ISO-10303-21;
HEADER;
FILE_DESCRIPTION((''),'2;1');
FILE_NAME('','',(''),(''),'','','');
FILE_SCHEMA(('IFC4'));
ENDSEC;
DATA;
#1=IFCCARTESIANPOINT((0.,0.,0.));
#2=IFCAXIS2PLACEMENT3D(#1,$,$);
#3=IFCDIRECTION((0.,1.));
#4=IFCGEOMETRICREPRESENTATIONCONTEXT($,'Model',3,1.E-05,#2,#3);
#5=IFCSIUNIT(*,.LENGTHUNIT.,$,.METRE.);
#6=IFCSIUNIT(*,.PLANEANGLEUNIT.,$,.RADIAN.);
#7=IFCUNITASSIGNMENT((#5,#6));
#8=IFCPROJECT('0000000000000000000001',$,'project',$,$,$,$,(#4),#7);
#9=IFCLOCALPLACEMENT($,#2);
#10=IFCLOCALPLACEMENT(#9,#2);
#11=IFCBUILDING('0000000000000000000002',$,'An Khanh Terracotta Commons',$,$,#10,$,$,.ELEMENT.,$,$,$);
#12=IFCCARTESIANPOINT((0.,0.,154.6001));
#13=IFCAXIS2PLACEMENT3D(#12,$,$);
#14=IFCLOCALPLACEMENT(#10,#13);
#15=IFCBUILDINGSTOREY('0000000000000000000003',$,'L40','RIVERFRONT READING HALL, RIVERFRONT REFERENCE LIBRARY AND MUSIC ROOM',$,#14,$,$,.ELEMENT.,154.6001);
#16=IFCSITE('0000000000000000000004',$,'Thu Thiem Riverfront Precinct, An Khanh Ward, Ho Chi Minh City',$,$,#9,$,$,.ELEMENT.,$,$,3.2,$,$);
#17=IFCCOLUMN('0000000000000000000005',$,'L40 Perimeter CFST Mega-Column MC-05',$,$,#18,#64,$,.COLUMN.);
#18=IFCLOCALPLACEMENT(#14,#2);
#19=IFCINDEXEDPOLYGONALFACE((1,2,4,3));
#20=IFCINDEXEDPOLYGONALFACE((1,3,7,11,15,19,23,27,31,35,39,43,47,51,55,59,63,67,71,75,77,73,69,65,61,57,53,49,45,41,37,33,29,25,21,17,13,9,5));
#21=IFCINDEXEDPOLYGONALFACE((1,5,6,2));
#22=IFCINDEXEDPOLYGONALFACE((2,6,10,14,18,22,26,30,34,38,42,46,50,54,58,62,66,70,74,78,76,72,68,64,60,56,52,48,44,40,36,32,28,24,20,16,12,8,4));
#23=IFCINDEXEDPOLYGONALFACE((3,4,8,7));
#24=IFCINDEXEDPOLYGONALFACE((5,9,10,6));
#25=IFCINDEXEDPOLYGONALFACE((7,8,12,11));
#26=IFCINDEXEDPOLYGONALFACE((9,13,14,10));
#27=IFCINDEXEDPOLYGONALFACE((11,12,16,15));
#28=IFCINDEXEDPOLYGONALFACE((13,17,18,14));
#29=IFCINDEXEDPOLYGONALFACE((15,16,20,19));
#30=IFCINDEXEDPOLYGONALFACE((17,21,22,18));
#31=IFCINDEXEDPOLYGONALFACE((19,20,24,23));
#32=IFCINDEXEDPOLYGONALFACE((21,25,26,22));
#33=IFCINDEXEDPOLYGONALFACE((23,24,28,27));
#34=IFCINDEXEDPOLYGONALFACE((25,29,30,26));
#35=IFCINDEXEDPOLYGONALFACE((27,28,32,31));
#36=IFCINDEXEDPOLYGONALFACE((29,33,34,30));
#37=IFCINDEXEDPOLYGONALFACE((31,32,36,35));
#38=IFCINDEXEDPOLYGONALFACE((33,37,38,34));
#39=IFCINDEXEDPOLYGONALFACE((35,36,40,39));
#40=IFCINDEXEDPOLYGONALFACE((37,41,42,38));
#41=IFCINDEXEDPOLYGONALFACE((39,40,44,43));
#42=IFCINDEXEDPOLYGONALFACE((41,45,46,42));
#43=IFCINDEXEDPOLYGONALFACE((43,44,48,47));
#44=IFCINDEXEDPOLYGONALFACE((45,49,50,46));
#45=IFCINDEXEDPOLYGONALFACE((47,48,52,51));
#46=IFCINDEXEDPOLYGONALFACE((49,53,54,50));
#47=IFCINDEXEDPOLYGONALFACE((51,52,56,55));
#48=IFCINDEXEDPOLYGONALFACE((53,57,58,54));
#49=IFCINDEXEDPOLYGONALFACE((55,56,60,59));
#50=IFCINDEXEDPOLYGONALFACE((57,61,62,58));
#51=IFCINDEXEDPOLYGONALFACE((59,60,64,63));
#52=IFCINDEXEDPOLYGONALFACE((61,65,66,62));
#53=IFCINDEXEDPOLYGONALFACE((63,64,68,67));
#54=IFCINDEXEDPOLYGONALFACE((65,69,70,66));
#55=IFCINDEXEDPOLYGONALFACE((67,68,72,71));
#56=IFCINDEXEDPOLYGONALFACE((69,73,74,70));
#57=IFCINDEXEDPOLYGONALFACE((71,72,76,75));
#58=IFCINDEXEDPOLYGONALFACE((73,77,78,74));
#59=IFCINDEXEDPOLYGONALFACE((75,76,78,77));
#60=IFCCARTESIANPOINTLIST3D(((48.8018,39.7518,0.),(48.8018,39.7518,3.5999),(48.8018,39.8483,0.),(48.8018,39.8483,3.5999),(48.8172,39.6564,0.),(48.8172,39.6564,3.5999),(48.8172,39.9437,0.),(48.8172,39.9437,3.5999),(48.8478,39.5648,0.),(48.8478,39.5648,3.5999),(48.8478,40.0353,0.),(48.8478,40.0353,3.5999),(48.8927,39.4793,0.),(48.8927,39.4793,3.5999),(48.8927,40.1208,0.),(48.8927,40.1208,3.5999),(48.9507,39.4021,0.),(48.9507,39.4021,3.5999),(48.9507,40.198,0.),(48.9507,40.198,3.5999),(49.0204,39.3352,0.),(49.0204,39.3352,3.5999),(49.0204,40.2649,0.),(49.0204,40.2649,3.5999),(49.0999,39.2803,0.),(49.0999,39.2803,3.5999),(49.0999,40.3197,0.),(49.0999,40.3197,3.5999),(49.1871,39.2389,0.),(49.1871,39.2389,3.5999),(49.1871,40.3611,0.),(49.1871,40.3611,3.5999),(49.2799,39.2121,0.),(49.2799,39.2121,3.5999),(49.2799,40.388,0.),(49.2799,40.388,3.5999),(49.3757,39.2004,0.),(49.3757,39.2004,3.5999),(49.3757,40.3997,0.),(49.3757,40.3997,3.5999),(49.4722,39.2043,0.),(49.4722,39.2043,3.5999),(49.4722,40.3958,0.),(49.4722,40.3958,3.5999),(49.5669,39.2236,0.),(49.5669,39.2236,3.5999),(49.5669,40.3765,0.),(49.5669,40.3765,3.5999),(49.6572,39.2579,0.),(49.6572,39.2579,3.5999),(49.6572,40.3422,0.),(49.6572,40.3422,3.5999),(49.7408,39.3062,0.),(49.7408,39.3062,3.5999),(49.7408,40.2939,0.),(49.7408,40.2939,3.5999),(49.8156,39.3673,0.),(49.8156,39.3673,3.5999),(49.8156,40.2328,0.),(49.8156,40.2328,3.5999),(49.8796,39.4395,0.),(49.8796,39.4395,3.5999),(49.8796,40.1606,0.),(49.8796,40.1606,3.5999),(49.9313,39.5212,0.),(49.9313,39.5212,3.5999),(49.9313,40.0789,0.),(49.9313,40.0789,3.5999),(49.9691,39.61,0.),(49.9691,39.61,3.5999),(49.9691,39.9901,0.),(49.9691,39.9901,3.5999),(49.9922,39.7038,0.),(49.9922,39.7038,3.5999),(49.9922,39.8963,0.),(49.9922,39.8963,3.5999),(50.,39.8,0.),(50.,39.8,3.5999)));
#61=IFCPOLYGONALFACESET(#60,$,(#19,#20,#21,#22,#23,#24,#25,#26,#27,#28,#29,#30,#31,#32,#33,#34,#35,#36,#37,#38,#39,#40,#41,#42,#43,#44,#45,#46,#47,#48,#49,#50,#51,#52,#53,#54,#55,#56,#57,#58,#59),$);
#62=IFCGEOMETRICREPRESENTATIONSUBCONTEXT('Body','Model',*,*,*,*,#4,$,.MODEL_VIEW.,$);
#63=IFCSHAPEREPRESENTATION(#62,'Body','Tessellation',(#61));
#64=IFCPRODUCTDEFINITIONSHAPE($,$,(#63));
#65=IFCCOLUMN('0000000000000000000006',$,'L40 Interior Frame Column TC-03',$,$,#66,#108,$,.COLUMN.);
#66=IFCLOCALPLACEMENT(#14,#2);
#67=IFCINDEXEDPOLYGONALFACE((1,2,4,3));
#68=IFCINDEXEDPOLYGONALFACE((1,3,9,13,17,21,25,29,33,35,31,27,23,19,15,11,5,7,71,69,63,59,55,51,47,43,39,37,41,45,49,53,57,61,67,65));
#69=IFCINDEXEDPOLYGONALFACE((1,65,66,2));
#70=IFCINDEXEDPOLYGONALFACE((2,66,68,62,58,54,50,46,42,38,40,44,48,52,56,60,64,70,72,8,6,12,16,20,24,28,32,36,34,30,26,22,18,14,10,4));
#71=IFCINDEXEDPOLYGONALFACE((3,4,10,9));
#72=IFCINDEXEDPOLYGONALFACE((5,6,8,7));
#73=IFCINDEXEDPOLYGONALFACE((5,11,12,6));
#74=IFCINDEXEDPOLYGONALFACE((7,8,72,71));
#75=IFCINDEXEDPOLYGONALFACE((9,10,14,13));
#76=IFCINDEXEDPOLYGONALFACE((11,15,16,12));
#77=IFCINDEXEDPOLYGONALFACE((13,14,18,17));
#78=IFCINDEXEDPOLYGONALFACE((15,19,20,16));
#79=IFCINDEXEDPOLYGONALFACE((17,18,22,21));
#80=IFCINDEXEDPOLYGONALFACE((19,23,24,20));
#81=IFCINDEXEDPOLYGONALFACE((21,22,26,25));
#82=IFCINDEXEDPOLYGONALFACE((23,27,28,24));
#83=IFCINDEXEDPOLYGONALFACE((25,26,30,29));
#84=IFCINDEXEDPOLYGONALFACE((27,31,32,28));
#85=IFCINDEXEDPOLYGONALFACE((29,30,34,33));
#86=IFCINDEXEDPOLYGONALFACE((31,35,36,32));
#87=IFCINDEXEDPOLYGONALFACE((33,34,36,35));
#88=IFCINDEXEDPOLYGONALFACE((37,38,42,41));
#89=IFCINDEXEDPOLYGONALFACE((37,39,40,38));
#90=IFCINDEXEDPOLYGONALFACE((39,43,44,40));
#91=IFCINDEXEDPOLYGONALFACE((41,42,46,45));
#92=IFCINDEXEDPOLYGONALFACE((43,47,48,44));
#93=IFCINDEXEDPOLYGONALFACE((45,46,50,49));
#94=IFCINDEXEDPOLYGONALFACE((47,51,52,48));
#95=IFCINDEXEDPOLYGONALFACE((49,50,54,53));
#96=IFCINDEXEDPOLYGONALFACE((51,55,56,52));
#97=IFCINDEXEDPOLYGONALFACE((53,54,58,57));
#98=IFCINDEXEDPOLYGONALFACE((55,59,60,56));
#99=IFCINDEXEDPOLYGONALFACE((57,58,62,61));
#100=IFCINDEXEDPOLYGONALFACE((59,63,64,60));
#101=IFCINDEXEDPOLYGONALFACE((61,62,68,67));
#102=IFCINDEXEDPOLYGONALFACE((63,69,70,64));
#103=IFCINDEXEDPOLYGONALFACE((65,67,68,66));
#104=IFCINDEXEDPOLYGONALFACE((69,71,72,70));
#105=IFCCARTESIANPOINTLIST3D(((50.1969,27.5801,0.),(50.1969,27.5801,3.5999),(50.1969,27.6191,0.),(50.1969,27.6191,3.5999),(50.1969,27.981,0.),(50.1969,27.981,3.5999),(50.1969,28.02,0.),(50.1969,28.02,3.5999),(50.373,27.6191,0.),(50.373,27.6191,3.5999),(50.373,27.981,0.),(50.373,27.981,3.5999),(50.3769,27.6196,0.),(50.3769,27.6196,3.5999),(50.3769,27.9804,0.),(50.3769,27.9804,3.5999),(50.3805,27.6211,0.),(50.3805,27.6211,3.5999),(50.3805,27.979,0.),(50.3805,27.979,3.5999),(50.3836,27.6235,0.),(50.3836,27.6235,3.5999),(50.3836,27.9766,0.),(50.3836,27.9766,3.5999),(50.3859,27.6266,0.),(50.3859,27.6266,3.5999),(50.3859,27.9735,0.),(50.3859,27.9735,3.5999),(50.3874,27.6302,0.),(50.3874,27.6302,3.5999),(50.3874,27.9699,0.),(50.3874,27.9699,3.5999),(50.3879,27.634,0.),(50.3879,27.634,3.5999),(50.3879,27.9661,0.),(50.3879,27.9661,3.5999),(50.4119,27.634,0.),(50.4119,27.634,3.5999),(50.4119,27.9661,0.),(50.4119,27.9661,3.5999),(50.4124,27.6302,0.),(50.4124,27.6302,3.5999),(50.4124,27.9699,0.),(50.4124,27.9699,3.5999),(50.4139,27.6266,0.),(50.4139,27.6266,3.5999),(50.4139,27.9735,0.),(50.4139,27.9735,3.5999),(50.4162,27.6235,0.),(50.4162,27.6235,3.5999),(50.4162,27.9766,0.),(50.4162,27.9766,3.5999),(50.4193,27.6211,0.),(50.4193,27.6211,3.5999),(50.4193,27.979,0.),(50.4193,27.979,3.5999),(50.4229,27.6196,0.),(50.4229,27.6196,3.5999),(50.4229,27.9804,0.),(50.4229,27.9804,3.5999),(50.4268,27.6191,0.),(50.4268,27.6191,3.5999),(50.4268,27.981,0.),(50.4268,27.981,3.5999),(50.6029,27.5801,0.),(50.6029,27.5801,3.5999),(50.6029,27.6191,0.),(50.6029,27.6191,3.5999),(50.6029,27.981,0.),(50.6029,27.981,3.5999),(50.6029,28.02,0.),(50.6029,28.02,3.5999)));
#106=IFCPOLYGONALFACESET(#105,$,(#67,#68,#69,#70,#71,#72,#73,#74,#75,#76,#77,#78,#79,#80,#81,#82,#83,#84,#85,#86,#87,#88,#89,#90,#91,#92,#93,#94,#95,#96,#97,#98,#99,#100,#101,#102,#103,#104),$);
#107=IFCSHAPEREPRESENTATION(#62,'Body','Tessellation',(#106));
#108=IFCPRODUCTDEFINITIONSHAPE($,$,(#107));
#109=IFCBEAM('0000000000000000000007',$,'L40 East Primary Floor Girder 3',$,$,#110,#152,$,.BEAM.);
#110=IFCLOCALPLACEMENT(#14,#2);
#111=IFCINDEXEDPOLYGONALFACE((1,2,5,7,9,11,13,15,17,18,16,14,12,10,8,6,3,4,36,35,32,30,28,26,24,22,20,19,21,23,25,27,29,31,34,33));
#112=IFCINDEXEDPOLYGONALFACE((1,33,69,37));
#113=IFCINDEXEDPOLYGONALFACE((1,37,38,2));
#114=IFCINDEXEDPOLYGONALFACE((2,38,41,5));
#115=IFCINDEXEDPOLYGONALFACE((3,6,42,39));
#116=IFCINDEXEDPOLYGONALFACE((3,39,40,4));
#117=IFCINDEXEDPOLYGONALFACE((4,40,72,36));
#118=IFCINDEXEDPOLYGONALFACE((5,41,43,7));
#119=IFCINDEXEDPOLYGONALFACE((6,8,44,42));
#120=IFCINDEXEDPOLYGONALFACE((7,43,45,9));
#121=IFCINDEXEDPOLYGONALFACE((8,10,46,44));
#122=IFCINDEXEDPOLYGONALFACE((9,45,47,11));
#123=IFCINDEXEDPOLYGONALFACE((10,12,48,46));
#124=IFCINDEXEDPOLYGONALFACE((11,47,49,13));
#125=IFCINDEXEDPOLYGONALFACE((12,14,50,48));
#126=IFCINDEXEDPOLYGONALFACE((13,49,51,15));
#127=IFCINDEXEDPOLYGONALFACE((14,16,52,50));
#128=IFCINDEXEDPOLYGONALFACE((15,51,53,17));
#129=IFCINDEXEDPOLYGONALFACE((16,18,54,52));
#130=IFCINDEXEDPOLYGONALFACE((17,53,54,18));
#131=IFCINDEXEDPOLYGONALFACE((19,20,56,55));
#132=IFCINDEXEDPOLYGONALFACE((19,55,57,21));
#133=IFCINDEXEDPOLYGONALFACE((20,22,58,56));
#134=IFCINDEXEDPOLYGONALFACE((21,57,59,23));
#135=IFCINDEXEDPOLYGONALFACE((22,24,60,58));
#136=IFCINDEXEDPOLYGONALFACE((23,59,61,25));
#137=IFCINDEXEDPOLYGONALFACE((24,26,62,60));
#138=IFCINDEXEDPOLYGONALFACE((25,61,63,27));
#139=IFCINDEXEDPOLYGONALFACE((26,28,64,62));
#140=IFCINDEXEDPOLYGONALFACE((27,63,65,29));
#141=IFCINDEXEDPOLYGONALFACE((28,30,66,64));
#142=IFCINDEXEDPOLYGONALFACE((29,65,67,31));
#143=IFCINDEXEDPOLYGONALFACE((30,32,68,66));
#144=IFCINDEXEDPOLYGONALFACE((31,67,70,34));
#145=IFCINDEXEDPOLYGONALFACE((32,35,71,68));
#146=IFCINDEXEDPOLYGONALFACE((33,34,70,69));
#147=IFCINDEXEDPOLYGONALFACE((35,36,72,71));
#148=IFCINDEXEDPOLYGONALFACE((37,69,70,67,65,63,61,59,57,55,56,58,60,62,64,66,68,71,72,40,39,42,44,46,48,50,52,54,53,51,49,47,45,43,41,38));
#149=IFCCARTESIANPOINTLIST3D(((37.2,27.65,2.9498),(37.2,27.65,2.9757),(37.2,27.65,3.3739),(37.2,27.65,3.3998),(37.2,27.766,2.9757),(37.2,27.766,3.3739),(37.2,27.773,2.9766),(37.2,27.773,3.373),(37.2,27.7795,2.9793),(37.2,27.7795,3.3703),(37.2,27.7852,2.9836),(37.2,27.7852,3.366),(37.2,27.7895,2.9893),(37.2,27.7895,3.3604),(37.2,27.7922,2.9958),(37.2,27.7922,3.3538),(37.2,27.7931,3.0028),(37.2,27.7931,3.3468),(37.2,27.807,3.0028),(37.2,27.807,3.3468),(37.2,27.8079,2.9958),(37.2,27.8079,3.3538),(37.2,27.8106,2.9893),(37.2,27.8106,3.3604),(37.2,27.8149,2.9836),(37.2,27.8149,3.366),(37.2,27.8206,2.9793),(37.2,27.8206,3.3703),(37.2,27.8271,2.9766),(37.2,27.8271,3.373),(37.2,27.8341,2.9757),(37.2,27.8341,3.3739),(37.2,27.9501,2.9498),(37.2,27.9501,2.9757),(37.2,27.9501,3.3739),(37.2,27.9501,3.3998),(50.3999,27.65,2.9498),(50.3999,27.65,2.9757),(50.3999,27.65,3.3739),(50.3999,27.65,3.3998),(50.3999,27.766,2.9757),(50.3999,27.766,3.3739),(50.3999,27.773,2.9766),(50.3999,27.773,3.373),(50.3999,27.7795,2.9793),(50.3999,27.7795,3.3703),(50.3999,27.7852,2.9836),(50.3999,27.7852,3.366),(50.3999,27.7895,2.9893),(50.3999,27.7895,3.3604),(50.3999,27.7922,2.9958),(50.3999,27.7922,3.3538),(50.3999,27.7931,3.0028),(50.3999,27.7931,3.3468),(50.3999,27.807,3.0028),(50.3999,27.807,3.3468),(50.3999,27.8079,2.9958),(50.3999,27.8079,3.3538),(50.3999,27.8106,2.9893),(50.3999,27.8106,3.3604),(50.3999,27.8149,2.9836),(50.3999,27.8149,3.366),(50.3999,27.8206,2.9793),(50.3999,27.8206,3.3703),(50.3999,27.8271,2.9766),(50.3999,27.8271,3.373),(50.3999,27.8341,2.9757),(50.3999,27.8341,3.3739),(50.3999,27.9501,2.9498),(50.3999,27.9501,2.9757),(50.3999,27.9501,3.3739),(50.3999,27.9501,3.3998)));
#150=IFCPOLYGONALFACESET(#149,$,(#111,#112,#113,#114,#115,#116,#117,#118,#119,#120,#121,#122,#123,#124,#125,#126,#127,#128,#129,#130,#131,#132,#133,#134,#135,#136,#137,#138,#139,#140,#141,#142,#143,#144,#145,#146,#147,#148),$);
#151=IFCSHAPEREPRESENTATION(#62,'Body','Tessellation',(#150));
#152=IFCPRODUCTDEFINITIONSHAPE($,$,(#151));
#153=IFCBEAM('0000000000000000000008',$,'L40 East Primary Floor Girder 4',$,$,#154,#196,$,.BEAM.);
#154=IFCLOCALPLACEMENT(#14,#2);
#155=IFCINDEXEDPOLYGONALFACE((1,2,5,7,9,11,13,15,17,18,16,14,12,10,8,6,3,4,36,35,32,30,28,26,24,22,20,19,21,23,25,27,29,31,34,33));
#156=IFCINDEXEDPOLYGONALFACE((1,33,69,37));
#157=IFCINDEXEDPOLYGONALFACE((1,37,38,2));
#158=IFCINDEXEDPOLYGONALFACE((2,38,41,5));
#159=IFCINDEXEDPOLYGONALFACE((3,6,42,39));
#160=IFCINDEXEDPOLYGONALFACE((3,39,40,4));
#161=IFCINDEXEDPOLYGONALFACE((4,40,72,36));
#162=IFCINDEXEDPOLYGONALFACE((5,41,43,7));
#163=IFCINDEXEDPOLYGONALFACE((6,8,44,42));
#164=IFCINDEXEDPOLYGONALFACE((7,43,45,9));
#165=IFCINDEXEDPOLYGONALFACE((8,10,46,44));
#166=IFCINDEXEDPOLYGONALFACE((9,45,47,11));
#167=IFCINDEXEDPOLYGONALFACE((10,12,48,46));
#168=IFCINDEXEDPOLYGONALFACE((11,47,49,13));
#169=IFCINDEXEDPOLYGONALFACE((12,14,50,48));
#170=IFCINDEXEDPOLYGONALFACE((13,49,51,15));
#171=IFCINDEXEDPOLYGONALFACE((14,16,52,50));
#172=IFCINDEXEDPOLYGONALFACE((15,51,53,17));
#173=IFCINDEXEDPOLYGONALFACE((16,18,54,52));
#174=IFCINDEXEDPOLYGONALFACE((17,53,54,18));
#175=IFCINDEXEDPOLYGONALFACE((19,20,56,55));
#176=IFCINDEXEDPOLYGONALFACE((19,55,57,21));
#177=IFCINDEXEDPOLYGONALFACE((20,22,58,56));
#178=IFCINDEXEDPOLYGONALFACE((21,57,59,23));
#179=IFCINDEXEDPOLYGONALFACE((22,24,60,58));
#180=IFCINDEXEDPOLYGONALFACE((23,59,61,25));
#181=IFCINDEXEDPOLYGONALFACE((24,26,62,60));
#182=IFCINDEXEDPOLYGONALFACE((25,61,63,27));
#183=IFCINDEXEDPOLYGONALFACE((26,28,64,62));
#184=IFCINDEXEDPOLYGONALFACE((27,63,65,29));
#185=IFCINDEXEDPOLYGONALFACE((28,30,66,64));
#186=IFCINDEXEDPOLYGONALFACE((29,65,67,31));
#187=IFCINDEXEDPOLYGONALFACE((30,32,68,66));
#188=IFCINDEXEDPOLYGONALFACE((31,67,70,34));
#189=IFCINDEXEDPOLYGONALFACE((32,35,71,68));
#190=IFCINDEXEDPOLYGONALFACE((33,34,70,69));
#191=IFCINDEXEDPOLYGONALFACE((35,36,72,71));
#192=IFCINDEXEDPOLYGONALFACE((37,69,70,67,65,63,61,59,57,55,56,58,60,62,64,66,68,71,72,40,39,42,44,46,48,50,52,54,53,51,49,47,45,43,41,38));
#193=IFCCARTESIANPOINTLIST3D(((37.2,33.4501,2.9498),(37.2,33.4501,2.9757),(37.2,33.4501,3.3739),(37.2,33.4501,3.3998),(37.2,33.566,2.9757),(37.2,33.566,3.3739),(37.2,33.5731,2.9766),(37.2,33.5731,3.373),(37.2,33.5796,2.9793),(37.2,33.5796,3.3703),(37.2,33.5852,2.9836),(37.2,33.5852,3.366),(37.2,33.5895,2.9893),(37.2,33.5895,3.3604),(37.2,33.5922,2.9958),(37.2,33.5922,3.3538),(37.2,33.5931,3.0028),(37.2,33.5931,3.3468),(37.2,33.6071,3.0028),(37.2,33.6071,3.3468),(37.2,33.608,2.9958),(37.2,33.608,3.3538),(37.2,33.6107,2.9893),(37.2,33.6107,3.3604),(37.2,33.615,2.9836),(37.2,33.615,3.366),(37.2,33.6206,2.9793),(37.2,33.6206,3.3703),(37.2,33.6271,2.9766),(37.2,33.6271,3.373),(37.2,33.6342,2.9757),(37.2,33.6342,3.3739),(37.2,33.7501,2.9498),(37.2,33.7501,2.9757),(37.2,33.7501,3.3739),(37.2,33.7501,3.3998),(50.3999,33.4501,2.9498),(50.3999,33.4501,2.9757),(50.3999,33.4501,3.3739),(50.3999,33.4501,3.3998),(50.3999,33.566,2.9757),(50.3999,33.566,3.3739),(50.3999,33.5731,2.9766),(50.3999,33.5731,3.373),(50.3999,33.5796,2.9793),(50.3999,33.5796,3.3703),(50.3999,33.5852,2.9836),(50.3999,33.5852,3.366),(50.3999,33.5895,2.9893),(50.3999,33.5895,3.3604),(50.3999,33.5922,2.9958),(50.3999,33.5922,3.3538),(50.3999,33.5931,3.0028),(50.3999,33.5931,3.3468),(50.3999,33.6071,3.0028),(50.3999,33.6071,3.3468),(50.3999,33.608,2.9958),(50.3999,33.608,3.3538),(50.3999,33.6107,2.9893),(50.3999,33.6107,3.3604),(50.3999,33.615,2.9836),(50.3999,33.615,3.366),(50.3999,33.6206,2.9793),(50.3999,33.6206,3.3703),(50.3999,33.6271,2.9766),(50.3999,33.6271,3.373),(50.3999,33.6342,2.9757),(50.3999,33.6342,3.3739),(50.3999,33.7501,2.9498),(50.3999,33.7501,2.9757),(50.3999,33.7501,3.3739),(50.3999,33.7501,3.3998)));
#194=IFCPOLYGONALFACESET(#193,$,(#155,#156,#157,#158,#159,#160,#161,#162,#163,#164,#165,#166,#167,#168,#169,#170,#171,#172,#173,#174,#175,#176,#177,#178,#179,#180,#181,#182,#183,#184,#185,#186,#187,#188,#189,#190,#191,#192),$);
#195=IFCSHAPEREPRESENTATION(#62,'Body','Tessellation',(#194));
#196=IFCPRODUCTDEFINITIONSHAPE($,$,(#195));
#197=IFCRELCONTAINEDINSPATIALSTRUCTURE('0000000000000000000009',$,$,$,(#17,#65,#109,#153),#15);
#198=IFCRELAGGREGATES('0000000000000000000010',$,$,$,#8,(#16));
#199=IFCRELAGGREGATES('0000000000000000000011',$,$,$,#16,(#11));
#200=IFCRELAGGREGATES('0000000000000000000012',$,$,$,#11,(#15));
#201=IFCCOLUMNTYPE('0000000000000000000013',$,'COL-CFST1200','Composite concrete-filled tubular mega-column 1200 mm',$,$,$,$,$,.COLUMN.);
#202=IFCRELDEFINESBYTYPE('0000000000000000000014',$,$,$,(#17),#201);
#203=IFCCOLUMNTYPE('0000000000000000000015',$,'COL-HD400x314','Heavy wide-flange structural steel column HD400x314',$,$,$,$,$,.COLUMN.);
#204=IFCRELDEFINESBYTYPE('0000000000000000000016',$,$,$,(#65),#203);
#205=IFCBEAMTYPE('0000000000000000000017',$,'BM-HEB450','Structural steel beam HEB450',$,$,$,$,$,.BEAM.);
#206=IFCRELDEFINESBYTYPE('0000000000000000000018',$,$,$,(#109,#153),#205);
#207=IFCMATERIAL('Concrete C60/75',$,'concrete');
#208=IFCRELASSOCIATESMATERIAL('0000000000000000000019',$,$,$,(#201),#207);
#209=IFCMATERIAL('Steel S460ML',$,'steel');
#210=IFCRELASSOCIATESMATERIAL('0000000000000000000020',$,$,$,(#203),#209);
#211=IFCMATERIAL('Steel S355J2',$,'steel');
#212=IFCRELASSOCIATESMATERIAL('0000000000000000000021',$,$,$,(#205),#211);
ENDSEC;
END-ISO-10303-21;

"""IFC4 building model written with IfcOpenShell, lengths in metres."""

from ifc_helpers import new_model, si_unit, direction, frame, origin, origin_2d, place, context, subcontext, project, spatial, circle, i_section, extrude, material, material_profile, profile_set, type_object, element, save


model = new_model("IFC4")

# Units and contexts
model_context = context("Model", 3, precision=1e-05, world=origin(), true_north=direction((0.0, 1.0)))
body_context = subcontext(model_context, "Body", "Model", "MODEL_VIEW")
ifc_project = project(units=[si_unit("LENGTHUNIT", "METRE"), si_unit("PLANEANGLEUNIT", "RADIAN")], contexts=[model_context])

# Site, building, storey
site_placement = place(None, origin())
site = spatial("IfcSite", under=ifc_project, at=site_placement, Name="Thu Thiem Riverfront Precinct, An Khanh Ward, Ho Chi Minh City", CompositionType="ELEMENT", RefElevation=3.2)
building_placement = place(site_placement, origin())
building = spatial("IfcBuilding", under=site, at=building_placement, Name="An Khanh Terracotta Commons", CompositionType="ELEMENT")
storey_placement = place(building_placement, frame((0.0, 0.0, 154.6001)))
storey = spatial("IfcBuildingStorey", under=building, at=storey_placement, Name="L40", Description="RIVERFRONT READING HALL, RIVERFRONT REFERENCE LIBRARY AND MUSIC ROOM", CompositionType="ELEMENT", Elevation=154.6001)

# Columns
ifc_material_1 = material(Name="Concrete C60/75", Category="concrete")
ifc_material_profile_1 = material_profile(ifc_material_1, circle(Radius=0.6001, at=origin_2d()), Name="CFST1200")
ifc_profile_set_1 = profile_set([ifc_material_profile_1], Name="Concrete C60/75")
column_type_1 = type_object("IfcColumnType", Name="COL-CFST1200", Description="Composite concrete-filled tubular mega-column 1200 mm", PredefinedType="COLUMN", material=ifc_profile_set_1)
column_1_placement = place(storey_placement, frame((49.3999, 39.8, 0.0), z_axis=(0.0, 0.0, 1.0), x_axis=(1.0, 0.0, 0.0)))
element("IfcColumn", 1, at=column_1_placement, inside=storey, type_object=column_type_1, Name="L40 Perimeter CFST Mega-Column MC-05", PredefinedType="COLUMN", context=body_context, shape_type="SweptSolid", body=[
    extrude(circle(Radius=0.6001, at=origin_2d()), origin(), (0.0, 0.0, 1.0), 3.5999),
])
ifc_material_2 = material(Name="Steel S460ML", Category="steel")
ifc_material_profile_2 = material_profile(ifc_material_2, i_section(OverallWidth=0.406, OverallDepth=0.4399, WebThickness=0.0239, FlangeThickness=0.0391, FilletRadius=0.0149, at=origin_2d()), Name="HD400x314")
ifc_profile_set_2 = profile_set([ifc_material_profile_2], Name="Steel S460ML")
column_type_2 = type_object("IfcColumnType", Name="COL-HD400x314", Description="Heavy wide-flange structural steel column HD400x314", PredefinedType="COLUMN", material=ifc_profile_set_2)
column_2_placement = place(storey_placement, frame((50.3999, 27.8, 0.0), z_axis=(0.0, 0.0, 1.0), x_axis=(1.0, 0.0, 0.0)))
element("IfcColumn", 2, at=column_2_placement, inside=storey, type_object=column_type_2, Name="L40 Interior Frame Column TC-03", PredefinedType="COLUMN", context=body_context, shape_type="SweptSolid", body=[
    extrude(i_section(OverallWidth=0.406, OverallDepth=0.4399, WebThickness=0.0239, FlangeThickness=0.0391, FilletRadius=0.0149, at=origin_2d()), origin(), (0.0, 0.0, 1.0), 3.5999),
])

# Beams
ifc_material_3 = material(Name="Steel S355J2", Category="steel")
ifc_material_profile_3 = material_profile(ifc_material_3, i_section(OverallWidth=0.3, OverallDepth=0.45, WebThickness=0.0139, FlangeThickness=0.0259, FilletRadius=0.0271, at=origin_2d()), Name="HEB450")
ifc_profile_set_3 = profile_set([ifc_material_profile_3], Name="Steel S355J2")
beam_type_1 = type_object("IfcBeamType", Name="BM-HEB450", Description="Structural steel beam HEB450", PredefinedType="BEAM", material=ifc_profile_set_3)
for number, where, z_axis, x_axis, name in (
    (3, (37.2, 27.8, 3.1748), (1.0, 0.0, 0.0), (0.0, 1.0, 0.0), "L40 East Primary Floor Girder 3"),
    (4, (37.2, 33.6001, 3.1748), (1.0, 0.0, 0.0), (0.0, 1.0, 0.0), "L40 East Primary Floor Girder 4"),
):
    element("IfcBeam", number, at=place(storey_placement, frame(where, z_axis=z_axis, x_axis=x_axis)), inside=storey, type_object=beam_type_1, Name=name, PredefinedType="BEAM", context=body_context, shape_type="SweptSolid", body=[
        extrude(i_section(OverallWidth=0.3, OverallDepth=0.45, WebThickness=0.0139, FlangeThickness=0.0259, FilletRadius=0.0271, at=origin_2d()), origin(), (0.0, 0.0, 1.0), 13.2),
    ])

save(model, "model.ifc")
